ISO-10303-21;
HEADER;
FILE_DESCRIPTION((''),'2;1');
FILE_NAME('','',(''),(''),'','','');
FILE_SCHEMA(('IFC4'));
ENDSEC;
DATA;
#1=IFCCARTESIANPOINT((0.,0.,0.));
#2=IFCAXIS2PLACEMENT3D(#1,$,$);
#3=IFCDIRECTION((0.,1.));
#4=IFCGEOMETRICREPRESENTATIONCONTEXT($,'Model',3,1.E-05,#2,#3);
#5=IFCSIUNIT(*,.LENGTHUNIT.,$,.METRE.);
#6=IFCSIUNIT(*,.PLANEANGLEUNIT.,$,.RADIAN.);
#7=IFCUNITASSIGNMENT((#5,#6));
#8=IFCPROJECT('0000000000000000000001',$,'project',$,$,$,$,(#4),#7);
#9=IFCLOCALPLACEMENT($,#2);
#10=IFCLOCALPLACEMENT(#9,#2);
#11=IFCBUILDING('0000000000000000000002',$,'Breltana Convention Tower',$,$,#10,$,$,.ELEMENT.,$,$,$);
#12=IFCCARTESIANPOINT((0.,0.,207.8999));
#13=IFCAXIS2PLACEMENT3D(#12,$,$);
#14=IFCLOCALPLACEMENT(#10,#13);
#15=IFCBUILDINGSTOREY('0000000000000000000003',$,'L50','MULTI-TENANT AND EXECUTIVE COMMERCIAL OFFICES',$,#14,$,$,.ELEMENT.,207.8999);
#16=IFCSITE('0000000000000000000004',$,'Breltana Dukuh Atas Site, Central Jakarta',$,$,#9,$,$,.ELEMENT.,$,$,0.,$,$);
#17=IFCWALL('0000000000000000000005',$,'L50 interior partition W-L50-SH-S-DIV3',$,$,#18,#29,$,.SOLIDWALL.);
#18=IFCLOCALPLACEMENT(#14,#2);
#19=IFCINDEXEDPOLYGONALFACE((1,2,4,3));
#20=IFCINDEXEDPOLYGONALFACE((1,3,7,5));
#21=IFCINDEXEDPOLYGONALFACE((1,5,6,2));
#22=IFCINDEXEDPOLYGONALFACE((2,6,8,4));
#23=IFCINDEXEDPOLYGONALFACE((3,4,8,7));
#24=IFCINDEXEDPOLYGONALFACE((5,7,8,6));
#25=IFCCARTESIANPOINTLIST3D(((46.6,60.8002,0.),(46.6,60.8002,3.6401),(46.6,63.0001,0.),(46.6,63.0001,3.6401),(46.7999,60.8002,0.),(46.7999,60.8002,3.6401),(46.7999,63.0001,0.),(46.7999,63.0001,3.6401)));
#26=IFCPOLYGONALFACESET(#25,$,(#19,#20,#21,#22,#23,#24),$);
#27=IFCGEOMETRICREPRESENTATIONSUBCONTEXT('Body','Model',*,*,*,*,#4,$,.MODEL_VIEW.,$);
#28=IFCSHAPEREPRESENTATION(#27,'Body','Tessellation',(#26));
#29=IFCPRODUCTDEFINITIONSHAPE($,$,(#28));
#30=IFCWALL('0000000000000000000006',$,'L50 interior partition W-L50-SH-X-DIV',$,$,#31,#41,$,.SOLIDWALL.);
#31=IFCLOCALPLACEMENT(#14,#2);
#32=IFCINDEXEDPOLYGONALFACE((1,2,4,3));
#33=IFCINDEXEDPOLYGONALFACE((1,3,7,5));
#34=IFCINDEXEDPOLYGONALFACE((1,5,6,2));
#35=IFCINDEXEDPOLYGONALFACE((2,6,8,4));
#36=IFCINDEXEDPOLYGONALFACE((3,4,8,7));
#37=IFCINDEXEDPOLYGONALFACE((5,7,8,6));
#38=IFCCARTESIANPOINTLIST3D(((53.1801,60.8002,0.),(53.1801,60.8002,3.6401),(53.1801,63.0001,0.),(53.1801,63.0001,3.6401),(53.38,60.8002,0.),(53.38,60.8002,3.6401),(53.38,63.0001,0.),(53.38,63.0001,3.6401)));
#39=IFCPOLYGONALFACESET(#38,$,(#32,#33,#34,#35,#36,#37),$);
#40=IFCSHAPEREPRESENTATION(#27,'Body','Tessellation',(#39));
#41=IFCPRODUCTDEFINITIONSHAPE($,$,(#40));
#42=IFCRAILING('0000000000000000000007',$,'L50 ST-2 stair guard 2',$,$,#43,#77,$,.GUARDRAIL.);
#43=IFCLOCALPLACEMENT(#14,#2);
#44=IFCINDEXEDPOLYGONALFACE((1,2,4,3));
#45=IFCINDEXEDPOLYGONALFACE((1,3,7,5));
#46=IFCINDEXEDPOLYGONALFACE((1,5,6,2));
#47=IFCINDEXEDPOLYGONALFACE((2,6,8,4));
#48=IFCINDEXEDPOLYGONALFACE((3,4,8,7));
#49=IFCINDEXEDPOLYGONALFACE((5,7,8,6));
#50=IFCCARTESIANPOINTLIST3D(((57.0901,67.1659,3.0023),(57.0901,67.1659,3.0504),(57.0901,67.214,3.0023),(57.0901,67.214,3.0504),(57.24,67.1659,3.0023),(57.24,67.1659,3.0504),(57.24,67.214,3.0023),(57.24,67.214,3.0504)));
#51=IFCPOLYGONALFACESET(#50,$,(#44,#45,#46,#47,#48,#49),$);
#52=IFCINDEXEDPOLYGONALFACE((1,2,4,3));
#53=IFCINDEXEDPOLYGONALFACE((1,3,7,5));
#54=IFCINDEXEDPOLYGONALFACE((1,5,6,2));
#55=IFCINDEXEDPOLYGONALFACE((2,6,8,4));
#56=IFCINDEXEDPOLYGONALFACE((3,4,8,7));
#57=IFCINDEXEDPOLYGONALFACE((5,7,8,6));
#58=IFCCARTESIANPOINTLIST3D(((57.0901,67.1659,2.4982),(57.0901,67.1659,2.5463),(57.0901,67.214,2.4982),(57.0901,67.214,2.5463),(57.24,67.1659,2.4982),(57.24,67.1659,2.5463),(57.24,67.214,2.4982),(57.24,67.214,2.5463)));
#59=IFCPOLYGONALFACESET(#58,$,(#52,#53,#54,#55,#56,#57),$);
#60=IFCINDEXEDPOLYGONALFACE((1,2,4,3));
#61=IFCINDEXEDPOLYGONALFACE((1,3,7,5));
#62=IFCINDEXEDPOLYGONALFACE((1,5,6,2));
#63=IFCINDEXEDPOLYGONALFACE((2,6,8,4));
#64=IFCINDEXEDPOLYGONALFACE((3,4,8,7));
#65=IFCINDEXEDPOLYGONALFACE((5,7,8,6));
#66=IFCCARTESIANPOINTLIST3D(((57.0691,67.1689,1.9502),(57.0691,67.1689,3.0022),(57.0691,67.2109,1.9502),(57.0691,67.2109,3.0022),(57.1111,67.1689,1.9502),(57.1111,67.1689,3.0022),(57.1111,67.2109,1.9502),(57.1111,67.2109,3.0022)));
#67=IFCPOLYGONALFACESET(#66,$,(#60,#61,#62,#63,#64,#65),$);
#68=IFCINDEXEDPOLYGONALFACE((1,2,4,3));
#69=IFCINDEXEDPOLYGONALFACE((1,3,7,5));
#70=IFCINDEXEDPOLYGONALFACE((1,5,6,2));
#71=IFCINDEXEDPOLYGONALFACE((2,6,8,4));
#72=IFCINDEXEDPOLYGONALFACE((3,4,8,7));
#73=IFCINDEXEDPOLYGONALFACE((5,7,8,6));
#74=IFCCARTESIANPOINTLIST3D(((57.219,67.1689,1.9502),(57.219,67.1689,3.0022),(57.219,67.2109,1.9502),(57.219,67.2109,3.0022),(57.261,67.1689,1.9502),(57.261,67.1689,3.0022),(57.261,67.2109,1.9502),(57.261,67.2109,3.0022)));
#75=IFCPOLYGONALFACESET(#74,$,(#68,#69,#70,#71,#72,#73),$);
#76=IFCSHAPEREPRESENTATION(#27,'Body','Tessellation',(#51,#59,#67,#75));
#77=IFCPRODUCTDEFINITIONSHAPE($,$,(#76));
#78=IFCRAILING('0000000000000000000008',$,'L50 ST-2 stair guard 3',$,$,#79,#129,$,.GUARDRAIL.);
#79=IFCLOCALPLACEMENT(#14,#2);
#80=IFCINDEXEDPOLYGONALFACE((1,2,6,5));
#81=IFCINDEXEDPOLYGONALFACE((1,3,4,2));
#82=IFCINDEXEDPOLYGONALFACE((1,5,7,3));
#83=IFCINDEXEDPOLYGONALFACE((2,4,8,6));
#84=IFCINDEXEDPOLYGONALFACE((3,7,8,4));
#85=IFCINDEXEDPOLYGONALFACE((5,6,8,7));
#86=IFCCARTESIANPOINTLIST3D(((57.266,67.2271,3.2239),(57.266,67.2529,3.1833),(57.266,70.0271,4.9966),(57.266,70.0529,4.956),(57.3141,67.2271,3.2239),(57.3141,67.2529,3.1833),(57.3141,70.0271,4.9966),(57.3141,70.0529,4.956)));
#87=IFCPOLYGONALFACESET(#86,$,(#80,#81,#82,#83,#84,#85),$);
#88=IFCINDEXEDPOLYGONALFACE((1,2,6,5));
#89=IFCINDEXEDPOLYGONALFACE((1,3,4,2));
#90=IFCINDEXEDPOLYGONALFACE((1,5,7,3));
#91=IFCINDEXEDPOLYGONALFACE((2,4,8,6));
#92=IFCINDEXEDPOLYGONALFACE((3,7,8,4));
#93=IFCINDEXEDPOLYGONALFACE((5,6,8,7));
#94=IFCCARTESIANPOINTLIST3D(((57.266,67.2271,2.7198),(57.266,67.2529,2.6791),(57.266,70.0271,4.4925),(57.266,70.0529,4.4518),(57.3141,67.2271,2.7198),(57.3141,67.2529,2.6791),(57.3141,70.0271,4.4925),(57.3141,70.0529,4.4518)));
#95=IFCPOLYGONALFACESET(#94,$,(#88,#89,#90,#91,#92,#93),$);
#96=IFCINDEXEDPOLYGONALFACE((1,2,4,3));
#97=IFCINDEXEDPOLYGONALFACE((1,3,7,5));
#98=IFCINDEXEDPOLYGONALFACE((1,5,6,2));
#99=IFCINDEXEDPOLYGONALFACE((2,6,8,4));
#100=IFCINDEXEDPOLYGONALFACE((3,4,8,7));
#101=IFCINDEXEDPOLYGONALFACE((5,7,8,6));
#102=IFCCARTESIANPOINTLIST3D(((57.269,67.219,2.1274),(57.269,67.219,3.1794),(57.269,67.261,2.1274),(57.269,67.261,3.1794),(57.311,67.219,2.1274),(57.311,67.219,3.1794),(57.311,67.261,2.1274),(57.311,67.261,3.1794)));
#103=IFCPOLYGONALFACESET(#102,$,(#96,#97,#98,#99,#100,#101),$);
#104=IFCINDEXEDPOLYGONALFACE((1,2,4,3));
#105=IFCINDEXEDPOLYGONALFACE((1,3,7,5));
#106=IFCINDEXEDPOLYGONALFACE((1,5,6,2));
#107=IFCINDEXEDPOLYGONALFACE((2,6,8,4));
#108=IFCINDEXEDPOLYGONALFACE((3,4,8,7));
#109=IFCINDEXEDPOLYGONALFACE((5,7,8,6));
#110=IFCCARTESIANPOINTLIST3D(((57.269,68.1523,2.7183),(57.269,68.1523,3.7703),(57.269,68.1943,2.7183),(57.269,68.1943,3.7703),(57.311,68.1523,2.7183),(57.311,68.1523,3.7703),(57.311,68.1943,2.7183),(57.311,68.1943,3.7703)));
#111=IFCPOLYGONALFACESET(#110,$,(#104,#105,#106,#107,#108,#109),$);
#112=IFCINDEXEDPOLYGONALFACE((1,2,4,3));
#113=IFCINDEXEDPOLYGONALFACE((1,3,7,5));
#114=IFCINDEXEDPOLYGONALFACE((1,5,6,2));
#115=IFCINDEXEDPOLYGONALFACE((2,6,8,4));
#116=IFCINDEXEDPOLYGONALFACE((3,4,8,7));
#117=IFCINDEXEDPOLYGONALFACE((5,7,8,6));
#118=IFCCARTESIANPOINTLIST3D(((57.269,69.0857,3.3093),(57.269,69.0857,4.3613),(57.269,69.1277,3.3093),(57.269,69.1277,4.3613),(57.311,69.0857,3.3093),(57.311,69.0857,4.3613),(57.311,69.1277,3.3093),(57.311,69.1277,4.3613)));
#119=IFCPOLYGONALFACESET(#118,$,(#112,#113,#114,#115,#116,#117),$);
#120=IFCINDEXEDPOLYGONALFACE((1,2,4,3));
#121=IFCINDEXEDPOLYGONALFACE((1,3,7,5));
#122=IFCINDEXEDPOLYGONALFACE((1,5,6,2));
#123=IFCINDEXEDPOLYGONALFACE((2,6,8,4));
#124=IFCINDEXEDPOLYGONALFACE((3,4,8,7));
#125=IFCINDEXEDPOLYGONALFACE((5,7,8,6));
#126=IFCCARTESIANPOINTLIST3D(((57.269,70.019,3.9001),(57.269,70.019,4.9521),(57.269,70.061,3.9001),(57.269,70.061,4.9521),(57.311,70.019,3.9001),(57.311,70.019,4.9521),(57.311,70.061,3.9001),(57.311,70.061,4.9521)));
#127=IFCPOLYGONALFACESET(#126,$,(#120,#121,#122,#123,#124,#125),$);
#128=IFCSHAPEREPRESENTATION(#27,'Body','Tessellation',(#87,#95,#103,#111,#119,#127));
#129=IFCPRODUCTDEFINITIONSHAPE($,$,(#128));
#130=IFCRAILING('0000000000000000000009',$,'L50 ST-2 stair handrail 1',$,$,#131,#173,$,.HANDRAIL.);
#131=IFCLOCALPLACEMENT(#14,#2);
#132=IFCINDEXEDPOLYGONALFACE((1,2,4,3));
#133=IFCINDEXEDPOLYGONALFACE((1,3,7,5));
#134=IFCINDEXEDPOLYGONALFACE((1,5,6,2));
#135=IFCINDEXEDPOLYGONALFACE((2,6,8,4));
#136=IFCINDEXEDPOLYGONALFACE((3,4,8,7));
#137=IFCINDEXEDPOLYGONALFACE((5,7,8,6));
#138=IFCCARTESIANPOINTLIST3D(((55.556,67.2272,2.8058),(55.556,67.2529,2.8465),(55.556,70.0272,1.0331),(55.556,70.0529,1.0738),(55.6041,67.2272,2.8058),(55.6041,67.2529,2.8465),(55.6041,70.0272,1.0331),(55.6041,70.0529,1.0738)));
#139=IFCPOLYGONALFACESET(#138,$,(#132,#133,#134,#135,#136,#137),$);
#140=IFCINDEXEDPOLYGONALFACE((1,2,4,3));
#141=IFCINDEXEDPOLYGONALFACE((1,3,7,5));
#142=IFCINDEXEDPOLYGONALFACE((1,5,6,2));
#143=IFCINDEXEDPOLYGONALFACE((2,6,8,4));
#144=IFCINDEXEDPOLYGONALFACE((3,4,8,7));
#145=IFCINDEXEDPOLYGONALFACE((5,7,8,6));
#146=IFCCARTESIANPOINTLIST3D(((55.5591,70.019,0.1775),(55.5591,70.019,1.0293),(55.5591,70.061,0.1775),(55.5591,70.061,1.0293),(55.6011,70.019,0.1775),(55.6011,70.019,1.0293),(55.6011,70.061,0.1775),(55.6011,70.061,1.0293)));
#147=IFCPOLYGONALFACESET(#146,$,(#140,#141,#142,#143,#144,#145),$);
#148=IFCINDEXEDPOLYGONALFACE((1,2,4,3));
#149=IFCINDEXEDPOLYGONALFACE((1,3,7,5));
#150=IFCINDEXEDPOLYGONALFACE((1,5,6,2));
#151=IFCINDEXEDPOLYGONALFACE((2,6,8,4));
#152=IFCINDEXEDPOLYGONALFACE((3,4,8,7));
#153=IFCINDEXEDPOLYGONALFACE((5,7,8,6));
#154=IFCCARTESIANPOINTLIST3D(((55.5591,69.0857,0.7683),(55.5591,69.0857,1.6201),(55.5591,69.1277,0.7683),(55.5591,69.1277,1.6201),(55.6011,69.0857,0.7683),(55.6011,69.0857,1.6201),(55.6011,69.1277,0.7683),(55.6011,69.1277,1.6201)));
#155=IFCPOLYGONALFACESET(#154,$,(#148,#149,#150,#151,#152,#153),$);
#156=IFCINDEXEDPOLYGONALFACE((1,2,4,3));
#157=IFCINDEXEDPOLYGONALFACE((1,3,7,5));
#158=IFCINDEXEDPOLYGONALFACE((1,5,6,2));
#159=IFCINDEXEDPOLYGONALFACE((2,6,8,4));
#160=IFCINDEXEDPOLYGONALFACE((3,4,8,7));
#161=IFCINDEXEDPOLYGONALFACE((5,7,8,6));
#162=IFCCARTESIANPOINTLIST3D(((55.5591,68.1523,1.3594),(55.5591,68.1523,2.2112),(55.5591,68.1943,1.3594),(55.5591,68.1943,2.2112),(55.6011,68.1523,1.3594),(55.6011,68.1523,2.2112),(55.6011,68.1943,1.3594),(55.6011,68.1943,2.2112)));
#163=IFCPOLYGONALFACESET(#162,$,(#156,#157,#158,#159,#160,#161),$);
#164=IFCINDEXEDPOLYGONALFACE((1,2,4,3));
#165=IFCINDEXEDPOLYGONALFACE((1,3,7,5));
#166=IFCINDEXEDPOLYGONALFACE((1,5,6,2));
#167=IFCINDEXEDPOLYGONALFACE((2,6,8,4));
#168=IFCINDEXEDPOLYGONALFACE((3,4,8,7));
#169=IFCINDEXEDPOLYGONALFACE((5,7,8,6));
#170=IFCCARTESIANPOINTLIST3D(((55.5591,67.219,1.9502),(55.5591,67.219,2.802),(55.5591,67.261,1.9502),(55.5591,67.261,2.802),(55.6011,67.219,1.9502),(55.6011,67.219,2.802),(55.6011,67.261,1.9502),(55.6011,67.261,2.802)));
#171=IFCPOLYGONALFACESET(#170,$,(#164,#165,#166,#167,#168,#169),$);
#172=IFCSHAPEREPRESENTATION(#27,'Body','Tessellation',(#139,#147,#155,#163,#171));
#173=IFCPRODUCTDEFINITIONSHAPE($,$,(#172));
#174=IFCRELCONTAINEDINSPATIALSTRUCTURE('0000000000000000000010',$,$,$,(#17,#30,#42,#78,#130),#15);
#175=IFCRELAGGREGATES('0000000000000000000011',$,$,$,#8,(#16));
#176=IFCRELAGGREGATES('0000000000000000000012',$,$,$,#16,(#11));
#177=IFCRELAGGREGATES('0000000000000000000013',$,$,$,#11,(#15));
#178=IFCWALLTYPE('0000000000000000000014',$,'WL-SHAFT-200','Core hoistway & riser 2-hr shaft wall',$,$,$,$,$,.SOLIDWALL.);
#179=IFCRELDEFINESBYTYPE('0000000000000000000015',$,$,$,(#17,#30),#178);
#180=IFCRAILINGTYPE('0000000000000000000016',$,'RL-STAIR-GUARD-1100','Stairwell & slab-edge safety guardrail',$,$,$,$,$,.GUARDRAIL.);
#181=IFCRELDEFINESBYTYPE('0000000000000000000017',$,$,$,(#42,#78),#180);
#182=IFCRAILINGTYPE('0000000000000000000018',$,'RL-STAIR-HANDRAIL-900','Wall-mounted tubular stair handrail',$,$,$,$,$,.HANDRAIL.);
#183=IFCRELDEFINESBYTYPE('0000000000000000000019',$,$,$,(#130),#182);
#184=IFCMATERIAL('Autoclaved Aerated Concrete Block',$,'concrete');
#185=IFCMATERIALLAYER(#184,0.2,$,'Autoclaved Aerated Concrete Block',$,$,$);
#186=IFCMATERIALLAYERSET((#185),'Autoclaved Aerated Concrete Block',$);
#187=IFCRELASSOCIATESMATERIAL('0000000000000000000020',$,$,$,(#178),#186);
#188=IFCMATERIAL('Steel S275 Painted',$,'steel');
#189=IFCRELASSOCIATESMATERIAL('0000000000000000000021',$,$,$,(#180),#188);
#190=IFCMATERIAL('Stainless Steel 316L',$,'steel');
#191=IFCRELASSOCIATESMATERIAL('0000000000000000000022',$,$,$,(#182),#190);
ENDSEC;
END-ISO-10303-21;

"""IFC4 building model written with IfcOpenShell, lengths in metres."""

from ifc_helpers import new_model, si_unit, direction, frame, frame_2d, origin, origin_2d, place, context, subcontext, project, spatial, rectangle, extrude, source, transform, mapped, material, layer, layer_set, type_object, element, save


model = new_model("IFC4")

# Units and contexts
model_context = context("Model", 3, precision=1e-05, world=origin(), true_north=direction((0.0, 1.0)))
body_context = subcontext(model_context, "Body", "Model", "MODEL_VIEW")
ifc_project = project(units=[si_unit("LENGTHUNIT", "METRE"), si_unit("PLANEANGLEUNIT", "RADIAN")], contexts=[model_context])

# Site, building, storey
site_placement = place(None, origin())
site = spatial("IfcSite", under=ifc_project, at=site_placement, Name="Breltana Dukuh Atas Site, Central Jakarta", CompositionType="ELEMENT", RefElevation=0.0)
building_placement = place(site_placement, origin())
building = spatial("IfcBuilding", under=site, at=building_placement, Name="Breltana Convention Tower", CompositionType="ELEMENT")
storey_placement = place(building_placement, frame((0.0, 0.0, 207.8999)))
storey = spatial("IfcBuildingStorey", under=building, at=storey_placement, Name="L50", Description="MULTI-TENANT AND EXECUTIVE COMMERCIAL OFFICES", CompositionType="ELEMENT", Elevation=207.8999)

# Shared definitions
ifc_material_1 = material(Name="Autoclaved Aerated Concrete Block", Category="concrete")
ifc_layer_1 = layer(ifc_material_1, 0.2, Name="Autoclaved Aerated Concrete Block")
ifc_layer_set_1 = layer_set([ifc_layer_1], Name="Autoclaved Aerated Concrete Block")
wall_type_1 = type_object("IfcWallType", Name="WL-SHAFT-200", Description="Core hoistway & riser 2-hr shaft wall", PredefinedType="SOLIDWALL", material=ifc_layer_set_1)

# Walls
shared_shape_1 = source(origin(), body_context, "Body", "SweptSolid", [
    extrude(rectangle(XDim=2.2, YDim=0.2, at=frame_2d((1.1001, 0.0))), origin(), (0.0, 0.0, 1.0), 3.6401),
])
for number, where, z_axis, x_axis, name in (
    (1, (46.7, 60.8, 0.0), (0.0, 0.0, 1.0), (0.0, 1.0, 0.0), "L50 interior partition W-L50-SH-S-DIV3"),
    (2, (53.28, 60.8, 0.0), (0.0, 0.0, 1.0), (0.0, 1.0, 0.0), "L50 interior partition W-L50-SH-X-DIV"),
):
    element("IfcWall", number, at=place(storey_placement, frame(where, z_axis=z_axis, x_axis=x_axis)), inside=storey, type_object=wall_type_1, Name=name, PredefinedType="SOLIDWALL", context=body_context, shape_type="MappedRepresentation", body=[
        mapped(shared_shape_1, transform((0.0, 0.0, 0.0), scale=1.0)),
    ])

# Railings
ifc_material_2 = material(Name="Steel S275 Painted", Category="steel")
railing_type_1 = type_object("IfcRailingType", Name="RL-STAIR-GUARD-1100", Description="Stairwell & slab-edge safety guardrail", PredefinedType="GUARDRAIL", material=ifc_material_2)
railing_1_placement = place(storey_placement, frame((57.0901, 67.1899, 1.9502)))
element("IfcRailing", 3, at=railing_1_placement, inside=storey, type_object=railing_type_1, Name="L50 ST-2 stair guard 2", PredefinedType="GUARDRAIL", context=body_context, shape_type="SweptSolid", body=[
    extrude(rectangle(XDim=0.0481, YDim=0.0481, at=origin_2d()), frame((0.0, 0.0, 1.0762), z_axis=(1.0, 0.0, 0.0), x_axis=(0.0, 1.0, 0.0)), (0.0, 0.0, 1.0), 0.1499),
    extrude(rectangle(XDim=0.0481, YDim=0.0481, at=origin_2d()), frame((0.0, 0.0, 0.572), z_axis=(1.0, 0.0, 0.0), x_axis=(0.0, 1.0, 0.0)), (0.0, 0.0, 1.0), 0.1499),
    extrude(rectangle(XDim=0.042, YDim=0.042, at=origin_2d()), origin(), (0.0, 0.0, 1.0), 1.052),
    extrude(rectangle(XDim=0.042, YDim=0.042, at=origin_2d()), frame((0.1499, 0.0, 0.0)), (0.0, 0.0, 1.0), 1.052),
])
railing_2_placement = place(storey_placement, frame((57.29, 67.24, 2.1274)))
element("IfcRailing", 4, at=railing_2_placement, inside=storey, type_object=railing_type_1, Name="L50 ST-2 stair guard 3", PredefinedType="GUARDRAIL", context=body_context, shape_type="SweptSolid", body=[
    extrude(rectangle(XDim=0.0481, YDim=0.0481, at=origin_2d()), frame((0.0, 0.0, 1.0762), z_axis=(0.0, 0.844909, 0.53491), x_axis=(-1.0, 0.0, 0.0)), (0.0, 0.0, 1.0), 3.314),
    extrude(rectangle(XDim=0.0481, YDim=0.0481, at=origin_2d()), frame((0.0, 0.0, 0.572), z_axis=(0.0, 0.844909, 0.53491), x_axis=(-1.0, 0.0, 0.0)), (0.0, 0.0, 1.0), 3.314),
    extrude(rectangle(XDim=0.042, YDim=0.042, at=origin_2d()), origin(), (0.0, 0.0, 1.0), 1.052),
    extrude(rectangle(XDim=0.042, YDim=0.042, at=origin_2d()), frame((0.0, 0.9333, 0.5908)), (0.0, 0.0, 1.0), 1.052),
    extrude(rectangle(XDim=0.042, YDim=0.042, at=origin_2d()), frame((0.0, 1.8667, 1.1819)), (0.0, 0.0, 1.0), 1.052),
    extrude(rectangle(XDim=0.042, YDim=0.042, at=origin_2d()), frame((0.0, 2.8, 1.7727)), (0.0, 0.0, 1.0), 1.052),
])
ifc_material_3 = material(Name="Stainless Steel 316L", Category="steel")
railing_type_2 = type_object("IfcRailingType", Name="RL-STAIR-HANDRAIL-900", Description="Wall-mounted tubular stair handrail", PredefinedType="HANDRAIL", material=ifc_material_3)
railing_3_placement = place(storey_placement, frame((55.5801, 70.04, 0.1775)))
element("IfcRailing", 5, at=railing_3_placement, inside=storey, type_object=railing_type_2, Name="L50 ST-2 stair handrail 1", PredefinedType="HANDRAIL", context=body_context, shape_type="SweptSolid", body=[
    extrude(rectangle(XDim=0.0481, YDim=0.0481, at=origin_2d()), frame((0.0, 0.0, 0.876), z_axis=(0.0, -0.844909, 0.53491), x_axis=(1.0, 0.0, 0.0)), (0.0, 0.0, 1.0), 3.314),
    extrude(rectangle(XDim=0.042, YDim=0.042, at=origin_2d()), origin(), (0.0, 0.0, 1.0), 0.8518),
    extrude(rectangle(XDim=0.042, YDim=0.042, at=origin_2d()), frame((0.0, -0.9333, 0.5908)), (0.0, 0.0, 1.0), 0.8518),
    extrude(rectangle(XDim=0.042, YDim=0.042, at=origin_2d()), frame((0.0, -1.8667, 1.1819)), (0.0, 0.0, 1.0), 0.8518),
    extrude(rectangle(XDim=0.042, YDim=0.042, at=origin_2d()), frame((0.0, -2.8, 1.7727)), (0.0, 0.0, 1.0), 0.8518),
])

save(model, "model.ifc")
